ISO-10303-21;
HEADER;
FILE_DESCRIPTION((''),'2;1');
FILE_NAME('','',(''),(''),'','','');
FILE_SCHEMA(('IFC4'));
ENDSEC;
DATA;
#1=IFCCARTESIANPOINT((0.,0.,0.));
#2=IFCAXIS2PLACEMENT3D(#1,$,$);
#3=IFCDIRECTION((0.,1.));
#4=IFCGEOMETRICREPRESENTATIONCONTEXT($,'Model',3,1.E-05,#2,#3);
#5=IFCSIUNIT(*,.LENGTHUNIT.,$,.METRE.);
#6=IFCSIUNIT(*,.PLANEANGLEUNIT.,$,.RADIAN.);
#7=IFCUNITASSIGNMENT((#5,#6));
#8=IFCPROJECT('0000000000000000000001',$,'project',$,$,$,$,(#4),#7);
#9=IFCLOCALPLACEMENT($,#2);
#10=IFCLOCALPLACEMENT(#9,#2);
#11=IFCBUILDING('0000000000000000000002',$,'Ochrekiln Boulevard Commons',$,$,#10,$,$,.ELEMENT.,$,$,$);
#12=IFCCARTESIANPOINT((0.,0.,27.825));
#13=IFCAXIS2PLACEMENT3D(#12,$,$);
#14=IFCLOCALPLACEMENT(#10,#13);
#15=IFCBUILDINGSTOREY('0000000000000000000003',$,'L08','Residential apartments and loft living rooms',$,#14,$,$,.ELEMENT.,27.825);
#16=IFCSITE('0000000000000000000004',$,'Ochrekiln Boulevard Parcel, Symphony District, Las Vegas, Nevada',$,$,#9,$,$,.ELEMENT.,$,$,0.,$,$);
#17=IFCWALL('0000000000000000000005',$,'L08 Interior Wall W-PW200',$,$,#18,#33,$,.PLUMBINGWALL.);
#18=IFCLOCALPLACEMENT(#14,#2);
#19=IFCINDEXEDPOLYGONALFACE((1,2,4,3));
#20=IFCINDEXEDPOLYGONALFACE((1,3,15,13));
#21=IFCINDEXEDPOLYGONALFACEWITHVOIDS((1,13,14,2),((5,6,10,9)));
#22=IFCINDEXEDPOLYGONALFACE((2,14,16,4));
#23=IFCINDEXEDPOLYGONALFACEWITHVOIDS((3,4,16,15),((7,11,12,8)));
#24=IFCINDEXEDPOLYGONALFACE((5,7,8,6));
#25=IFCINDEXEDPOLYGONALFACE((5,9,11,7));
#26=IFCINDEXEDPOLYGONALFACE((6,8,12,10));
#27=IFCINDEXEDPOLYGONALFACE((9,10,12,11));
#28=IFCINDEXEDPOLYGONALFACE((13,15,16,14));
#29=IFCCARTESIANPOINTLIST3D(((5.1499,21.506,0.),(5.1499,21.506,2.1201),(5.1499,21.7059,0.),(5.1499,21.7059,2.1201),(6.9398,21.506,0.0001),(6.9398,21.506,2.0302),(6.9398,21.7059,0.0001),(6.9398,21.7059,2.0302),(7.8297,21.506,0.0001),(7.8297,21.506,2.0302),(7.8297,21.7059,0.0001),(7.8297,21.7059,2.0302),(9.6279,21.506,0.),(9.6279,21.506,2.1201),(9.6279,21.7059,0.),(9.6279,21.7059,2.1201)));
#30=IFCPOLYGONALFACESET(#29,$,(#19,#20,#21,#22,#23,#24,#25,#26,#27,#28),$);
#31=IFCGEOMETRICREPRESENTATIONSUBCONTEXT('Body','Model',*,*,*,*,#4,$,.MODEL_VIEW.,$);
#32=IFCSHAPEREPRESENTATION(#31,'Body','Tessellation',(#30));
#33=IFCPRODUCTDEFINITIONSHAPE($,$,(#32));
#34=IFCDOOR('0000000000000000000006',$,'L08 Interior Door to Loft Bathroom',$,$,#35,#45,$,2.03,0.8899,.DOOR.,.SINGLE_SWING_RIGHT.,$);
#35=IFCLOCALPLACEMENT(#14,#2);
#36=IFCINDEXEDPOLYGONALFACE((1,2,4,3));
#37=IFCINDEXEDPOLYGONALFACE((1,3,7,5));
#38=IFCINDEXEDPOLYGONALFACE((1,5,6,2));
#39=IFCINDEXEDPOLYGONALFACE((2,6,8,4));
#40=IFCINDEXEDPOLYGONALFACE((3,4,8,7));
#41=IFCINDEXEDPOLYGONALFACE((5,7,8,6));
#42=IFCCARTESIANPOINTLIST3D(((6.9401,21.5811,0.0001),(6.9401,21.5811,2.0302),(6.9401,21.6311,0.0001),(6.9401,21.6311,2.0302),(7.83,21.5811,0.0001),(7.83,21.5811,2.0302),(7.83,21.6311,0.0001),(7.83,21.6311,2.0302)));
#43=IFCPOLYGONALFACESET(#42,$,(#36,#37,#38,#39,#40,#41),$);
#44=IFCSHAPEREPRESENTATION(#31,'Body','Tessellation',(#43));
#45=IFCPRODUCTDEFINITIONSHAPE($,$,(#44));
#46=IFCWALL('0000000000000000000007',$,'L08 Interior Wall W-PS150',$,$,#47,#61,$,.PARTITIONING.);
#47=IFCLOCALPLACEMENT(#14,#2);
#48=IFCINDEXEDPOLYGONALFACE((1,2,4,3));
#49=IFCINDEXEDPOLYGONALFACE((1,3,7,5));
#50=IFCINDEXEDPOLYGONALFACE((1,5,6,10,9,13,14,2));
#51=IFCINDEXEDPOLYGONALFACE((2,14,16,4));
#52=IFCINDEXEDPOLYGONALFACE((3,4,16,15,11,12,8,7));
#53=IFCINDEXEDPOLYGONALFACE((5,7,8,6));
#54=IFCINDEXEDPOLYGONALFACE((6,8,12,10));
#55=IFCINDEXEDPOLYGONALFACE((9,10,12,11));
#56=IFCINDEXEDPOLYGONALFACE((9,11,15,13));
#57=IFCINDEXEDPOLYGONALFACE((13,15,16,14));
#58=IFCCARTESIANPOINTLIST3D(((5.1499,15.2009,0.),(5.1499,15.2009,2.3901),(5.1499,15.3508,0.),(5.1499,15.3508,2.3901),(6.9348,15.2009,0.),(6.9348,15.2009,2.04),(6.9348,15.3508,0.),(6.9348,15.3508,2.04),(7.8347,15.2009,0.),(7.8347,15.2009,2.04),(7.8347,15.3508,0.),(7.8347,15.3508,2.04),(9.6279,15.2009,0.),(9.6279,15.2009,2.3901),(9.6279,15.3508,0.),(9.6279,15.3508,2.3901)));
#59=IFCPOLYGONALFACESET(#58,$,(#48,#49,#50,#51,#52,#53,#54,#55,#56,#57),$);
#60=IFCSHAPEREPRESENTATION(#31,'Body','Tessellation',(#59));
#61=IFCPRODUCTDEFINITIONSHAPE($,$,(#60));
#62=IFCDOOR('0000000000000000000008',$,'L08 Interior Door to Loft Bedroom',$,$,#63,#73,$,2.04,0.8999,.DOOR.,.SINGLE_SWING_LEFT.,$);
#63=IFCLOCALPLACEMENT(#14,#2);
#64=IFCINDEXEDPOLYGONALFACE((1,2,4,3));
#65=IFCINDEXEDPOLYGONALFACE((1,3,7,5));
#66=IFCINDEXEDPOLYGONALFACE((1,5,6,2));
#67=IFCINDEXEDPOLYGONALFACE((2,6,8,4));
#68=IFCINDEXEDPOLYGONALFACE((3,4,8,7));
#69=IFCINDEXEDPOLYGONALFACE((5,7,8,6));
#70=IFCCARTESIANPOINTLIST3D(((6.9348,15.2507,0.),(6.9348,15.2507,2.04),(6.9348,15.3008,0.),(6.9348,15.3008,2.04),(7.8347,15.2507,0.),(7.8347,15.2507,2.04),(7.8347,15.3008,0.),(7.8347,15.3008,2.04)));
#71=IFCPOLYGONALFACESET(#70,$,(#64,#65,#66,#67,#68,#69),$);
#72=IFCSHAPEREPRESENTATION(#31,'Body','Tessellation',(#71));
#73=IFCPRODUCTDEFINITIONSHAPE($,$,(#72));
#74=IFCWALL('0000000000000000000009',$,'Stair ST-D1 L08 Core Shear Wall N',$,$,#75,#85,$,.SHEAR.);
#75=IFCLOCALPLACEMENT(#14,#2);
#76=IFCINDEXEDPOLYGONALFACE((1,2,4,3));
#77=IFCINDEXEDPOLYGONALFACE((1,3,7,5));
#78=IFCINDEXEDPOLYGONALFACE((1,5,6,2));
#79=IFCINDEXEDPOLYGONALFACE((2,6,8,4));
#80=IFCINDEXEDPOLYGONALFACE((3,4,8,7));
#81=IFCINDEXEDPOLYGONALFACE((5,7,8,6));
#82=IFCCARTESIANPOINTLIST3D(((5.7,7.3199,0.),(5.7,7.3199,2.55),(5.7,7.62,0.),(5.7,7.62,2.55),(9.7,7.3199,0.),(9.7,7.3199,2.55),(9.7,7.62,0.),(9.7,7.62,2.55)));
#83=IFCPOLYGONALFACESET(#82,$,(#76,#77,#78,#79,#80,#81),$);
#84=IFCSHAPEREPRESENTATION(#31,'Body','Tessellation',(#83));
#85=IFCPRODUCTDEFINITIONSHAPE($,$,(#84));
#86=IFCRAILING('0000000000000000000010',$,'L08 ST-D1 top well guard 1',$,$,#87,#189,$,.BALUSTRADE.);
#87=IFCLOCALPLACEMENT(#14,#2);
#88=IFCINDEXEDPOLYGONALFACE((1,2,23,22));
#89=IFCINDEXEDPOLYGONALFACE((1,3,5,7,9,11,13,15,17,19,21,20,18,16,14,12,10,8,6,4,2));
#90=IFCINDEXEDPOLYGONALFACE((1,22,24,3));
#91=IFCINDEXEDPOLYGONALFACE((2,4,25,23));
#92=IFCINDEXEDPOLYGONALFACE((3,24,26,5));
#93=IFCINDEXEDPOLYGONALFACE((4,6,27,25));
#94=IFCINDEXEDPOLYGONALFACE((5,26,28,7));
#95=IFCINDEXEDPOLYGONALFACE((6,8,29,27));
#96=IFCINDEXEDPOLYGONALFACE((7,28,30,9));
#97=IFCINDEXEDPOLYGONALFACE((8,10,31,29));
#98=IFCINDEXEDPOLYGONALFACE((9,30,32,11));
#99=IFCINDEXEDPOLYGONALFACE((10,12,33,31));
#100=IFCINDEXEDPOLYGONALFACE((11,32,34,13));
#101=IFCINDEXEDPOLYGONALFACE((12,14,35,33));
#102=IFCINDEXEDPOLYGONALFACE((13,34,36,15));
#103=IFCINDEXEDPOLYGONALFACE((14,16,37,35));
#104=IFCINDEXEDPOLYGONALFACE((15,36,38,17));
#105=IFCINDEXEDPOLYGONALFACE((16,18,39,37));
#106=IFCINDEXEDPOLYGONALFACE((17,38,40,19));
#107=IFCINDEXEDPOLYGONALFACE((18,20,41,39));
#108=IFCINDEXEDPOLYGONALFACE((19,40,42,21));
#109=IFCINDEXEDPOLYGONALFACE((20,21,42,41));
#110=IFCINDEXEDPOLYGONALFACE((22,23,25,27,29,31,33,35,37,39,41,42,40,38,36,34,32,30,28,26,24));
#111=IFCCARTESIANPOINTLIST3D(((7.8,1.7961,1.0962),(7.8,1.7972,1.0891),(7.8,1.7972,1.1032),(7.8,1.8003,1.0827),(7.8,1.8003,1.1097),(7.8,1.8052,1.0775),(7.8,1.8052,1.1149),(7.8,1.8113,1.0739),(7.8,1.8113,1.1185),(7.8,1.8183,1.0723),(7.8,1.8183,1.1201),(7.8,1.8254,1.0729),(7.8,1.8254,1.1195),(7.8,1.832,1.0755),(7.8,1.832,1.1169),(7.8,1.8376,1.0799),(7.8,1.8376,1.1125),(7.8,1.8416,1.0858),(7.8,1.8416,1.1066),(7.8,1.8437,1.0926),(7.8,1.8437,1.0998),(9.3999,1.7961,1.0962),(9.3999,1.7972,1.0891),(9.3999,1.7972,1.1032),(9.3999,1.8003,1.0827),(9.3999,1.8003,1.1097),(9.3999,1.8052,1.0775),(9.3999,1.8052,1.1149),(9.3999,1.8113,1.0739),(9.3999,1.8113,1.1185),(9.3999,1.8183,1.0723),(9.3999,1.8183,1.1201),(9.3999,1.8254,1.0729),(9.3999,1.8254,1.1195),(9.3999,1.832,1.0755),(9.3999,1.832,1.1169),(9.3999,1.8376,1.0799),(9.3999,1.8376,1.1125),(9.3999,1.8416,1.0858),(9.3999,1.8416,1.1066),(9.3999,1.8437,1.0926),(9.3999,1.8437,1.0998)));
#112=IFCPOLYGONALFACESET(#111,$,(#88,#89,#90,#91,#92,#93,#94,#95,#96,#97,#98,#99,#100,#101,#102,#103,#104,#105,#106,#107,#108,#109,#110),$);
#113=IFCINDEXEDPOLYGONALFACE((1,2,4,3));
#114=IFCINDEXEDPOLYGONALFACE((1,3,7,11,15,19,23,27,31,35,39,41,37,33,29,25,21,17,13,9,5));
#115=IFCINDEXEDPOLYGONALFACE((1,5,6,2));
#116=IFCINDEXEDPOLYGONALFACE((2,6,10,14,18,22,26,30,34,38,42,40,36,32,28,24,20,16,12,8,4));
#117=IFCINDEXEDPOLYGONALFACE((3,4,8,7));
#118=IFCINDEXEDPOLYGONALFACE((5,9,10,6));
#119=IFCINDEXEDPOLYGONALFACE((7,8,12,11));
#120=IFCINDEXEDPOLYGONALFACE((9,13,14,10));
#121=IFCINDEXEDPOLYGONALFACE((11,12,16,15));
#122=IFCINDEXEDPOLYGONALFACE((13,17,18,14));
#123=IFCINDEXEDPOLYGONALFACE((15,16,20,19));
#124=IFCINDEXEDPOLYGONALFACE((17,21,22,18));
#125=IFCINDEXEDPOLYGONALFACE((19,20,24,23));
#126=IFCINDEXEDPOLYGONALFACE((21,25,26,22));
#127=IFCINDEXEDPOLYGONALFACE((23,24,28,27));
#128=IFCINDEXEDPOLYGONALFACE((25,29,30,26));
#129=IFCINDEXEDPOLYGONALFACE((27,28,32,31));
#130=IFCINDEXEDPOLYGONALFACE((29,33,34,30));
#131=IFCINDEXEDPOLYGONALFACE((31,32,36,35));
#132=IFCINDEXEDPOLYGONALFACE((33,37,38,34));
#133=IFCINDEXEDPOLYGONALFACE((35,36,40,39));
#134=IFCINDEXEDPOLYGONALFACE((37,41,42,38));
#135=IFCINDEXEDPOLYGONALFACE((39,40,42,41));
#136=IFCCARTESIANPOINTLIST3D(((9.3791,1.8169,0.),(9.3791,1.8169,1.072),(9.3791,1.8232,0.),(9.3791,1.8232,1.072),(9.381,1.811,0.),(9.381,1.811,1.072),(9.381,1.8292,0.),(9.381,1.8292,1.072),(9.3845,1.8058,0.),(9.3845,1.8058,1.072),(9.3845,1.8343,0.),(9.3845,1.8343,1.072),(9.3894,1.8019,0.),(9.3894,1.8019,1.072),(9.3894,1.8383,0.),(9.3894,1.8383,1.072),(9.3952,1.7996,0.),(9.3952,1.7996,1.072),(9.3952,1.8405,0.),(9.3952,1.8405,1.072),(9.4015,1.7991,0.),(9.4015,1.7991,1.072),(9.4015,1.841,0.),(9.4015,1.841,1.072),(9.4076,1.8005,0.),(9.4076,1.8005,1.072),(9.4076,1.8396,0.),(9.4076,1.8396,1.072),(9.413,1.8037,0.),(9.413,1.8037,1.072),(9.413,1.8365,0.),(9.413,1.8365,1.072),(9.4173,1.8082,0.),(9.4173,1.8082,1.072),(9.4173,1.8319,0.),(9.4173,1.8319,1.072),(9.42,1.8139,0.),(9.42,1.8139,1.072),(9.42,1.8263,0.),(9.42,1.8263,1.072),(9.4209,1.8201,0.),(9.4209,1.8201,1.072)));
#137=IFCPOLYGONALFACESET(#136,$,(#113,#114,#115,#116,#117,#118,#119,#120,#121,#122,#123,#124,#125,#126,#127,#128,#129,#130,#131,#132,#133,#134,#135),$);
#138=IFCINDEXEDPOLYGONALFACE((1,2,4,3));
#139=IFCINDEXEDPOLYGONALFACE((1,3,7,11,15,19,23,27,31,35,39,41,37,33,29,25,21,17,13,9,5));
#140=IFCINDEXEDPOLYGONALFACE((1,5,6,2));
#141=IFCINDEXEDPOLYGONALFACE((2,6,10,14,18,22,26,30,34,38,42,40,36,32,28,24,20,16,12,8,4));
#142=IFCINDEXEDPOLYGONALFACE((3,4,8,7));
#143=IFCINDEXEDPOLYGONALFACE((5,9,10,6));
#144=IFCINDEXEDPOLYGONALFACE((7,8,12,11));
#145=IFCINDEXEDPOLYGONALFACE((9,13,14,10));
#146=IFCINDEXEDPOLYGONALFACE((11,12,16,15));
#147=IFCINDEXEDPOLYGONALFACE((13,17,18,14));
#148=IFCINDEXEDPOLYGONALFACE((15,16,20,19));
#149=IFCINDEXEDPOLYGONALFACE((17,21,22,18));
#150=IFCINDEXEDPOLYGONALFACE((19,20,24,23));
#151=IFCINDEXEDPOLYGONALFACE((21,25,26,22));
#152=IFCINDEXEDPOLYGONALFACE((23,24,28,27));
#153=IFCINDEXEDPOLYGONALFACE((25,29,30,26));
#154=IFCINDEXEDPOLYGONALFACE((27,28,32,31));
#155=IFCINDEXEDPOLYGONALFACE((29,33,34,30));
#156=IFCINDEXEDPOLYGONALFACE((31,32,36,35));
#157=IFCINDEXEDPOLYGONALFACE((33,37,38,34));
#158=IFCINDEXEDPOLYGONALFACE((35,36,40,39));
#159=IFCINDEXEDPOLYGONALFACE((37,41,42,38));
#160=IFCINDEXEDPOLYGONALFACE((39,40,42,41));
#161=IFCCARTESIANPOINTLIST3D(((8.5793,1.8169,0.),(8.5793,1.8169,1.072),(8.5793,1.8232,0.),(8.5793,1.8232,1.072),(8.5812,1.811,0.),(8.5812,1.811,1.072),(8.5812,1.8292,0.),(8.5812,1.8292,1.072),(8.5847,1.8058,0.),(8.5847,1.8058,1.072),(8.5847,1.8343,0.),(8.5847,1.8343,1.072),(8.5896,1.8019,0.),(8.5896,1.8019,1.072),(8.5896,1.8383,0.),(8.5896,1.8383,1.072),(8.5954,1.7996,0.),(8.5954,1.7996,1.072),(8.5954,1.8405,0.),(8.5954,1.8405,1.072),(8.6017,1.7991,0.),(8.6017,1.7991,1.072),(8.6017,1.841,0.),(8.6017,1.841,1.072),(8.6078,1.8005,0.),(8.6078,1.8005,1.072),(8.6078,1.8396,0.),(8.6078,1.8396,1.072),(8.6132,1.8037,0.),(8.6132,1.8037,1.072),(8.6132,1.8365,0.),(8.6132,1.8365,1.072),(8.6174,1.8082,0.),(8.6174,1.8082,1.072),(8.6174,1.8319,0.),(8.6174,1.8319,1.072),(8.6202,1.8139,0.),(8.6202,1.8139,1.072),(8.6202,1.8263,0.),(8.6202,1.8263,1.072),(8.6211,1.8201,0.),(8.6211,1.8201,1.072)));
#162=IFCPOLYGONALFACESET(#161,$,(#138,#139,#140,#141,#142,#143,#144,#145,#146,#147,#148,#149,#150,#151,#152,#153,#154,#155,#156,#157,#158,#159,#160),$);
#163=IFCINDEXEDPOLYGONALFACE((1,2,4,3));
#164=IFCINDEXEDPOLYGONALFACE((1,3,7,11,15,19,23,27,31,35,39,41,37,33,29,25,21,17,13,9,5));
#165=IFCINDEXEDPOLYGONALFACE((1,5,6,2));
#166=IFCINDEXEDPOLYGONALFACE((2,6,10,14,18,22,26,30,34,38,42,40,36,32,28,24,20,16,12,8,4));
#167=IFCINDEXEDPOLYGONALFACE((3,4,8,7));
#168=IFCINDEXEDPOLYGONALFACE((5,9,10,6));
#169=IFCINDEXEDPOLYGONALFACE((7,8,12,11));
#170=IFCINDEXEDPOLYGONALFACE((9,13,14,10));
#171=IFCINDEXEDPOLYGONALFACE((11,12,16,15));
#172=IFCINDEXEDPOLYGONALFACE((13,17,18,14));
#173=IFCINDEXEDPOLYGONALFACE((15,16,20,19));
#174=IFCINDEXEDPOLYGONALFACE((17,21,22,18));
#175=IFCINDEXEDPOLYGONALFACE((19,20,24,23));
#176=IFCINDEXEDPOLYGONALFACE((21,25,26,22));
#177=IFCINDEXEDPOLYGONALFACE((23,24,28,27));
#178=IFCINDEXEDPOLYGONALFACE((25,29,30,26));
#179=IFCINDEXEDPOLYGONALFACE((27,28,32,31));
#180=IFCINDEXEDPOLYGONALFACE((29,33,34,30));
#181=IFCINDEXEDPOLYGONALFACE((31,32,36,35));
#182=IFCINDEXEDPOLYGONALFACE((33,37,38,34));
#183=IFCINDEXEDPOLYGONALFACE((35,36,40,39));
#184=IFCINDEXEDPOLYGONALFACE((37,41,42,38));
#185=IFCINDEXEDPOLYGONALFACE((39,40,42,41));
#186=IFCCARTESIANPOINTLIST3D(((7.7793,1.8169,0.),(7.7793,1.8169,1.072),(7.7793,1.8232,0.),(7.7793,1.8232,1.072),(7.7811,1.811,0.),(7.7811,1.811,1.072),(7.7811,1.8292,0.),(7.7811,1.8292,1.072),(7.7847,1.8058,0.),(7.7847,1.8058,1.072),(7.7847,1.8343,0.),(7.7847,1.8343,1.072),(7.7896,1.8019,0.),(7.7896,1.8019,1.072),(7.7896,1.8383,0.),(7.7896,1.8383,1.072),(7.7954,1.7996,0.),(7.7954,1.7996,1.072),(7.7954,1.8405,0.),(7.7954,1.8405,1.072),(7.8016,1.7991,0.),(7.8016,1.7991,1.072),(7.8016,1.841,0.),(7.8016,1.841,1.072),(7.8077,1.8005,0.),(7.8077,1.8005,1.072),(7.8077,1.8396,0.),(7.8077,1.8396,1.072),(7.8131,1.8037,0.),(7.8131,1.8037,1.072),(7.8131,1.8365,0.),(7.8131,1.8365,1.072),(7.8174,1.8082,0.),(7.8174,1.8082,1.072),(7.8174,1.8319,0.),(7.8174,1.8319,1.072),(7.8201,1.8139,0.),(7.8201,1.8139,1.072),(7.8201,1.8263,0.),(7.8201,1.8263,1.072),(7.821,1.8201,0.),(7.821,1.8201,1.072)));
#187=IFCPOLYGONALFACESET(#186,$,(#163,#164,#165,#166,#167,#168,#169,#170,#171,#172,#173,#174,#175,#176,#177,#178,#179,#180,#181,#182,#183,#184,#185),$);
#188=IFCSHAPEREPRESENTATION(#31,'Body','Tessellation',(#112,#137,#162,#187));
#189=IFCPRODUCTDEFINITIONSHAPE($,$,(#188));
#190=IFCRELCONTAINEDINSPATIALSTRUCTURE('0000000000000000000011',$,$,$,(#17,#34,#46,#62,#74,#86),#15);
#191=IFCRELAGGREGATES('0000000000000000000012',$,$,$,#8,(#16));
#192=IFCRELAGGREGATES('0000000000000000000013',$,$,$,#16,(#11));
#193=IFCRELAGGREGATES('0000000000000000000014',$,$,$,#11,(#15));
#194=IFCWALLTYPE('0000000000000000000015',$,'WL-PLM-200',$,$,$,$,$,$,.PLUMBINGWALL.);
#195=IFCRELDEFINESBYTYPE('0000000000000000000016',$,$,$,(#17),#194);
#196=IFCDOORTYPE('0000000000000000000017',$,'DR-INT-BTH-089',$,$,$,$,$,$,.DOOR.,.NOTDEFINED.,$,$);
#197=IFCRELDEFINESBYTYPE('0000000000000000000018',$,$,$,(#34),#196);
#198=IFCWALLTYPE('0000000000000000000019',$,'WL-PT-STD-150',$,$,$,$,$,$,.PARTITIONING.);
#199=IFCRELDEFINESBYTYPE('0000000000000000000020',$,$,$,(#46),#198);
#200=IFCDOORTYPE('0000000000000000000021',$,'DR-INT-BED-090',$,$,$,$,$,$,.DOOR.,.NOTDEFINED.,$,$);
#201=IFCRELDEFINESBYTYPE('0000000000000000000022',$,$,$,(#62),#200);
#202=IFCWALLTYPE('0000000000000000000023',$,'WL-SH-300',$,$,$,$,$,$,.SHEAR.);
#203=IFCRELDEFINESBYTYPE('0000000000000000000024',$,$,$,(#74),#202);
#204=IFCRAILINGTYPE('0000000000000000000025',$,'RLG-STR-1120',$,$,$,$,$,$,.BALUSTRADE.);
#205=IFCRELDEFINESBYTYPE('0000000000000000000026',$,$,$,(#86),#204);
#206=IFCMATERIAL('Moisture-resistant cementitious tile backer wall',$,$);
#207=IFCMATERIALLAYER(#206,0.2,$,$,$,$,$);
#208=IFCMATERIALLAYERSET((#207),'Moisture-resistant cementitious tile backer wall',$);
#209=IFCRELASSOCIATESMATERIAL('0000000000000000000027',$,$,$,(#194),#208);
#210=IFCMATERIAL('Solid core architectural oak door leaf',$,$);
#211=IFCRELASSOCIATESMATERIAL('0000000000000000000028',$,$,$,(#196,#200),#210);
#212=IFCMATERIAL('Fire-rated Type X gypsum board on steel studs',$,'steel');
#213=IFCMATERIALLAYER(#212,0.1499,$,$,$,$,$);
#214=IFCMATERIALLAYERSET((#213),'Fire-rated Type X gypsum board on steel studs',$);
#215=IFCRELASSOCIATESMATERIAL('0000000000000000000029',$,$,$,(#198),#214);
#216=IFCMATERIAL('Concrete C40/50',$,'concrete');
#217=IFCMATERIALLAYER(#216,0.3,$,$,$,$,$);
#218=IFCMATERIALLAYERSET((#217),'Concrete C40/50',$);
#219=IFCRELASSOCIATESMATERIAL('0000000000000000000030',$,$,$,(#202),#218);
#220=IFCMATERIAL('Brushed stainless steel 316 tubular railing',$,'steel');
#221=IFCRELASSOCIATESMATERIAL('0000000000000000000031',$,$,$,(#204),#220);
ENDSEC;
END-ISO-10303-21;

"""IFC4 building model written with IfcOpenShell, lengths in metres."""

from ifc_helpers import new_model, si_unit, direction, frame, frame_2d, origin, origin_2d, place, context, subcontext, project, spatial, rectangle, circle, extrude, material, layer, layer_set, type_object, element, fill, save


model = new_model("IFC4")

# Units and contexts
model_context = context("Model", 3, precision=1e-05, world=origin(), true_north=direction((0.0, 1.0)))
body_context = subcontext(model_context, "Body", "Model", "MODEL_VIEW")
ifc_project = project(units=[si_unit("LENGTHUNIT", "METRE"), si_unit("PLANEANGLEUNIT", "RADIAN")], contexts=[model_context])

# Site, building, storey
site_placement = place(None, origin())
site = spatial("IfcSite", under=ifc_project, at=site_placement, Name="Ochrekiln Boulevard Parcel, Symphony District, Las Vegas, Nevada", CompositionType="ELEMENT", RefElevation=0.0)
building_placement = place(site_placement, origin())
building = spatial("IfcBuilding", under=site, at=building_placement, Name="Ochrekiln Boulevard Commons", CompositionType="ELEMENT")
storey_placement = place(building_placement, frame((0.0, 0.0, 27.825)))
storey = spatial("IfcBuildingStorey", under=building, at=storey_placement, Name="L08", Description="Residential apartments and loft living rooms", CompositionType="ELEMENT", Elevation=27.825)

# Shared definitions
ifc_material_1 = material(Name="Concrete C40/50", Category="concrete")

# Shared definitions
ifc_material_2 = material(Name="Moisture-resistant cementitious tile backer wall")
ifc_layer_1 = layer(ifc_material_2, 0.2)
ifc_layer_set_1 = layer_set([ifc_layer_1], Name="Moisture-resistant cementitious tile backer wall")
wall_type_1 = type_object("IfcWallType", Name="WL-PLM-200", PredefinedType="PLUMBINGWALL", material=ifc_layer_set_1)
ifc_material_3 = material(Name="Solid core architectural oak door leaf")

# Walls, openings, doors
wall_1_placement = place(storey_placement, frame((5.1499, 21.606, 0.0), z_axis=(0.0, 0.0, 1.0), x_axis=(1.0, 0.0, 0.0)))
wall_1 = element("IfcWall", 1, at=wall_1_placement, inside=storey, type_object=wall_type_1, Name="L08 Interior Wall W-PW200", PredefinedType="PLUMBINGWALL", context=body_context, shape_type="SweptSolid", body=[
    extrude(rectangle(XDim=4.478, YDim=0.2, at=frame_2d((2.239, 0.0))), origin(), (0.0, 0.0, 1.0), 2.1201),
])
opening_1_placement = place(wall_1_placement, frame((1.79, 0.0, 0.0)))
opening_1 = element("IfcOpeningElement", 2, at=opening_1_placement, cuts=wall_1, PredefinedType="OPENING", context=body_context, shape_type="SweptSolid", body=[
    extrude(rectangle(XDim=0.8899, YDim=2.03, at=frame_2d((0.4448, 1.0151))), frame((0.0, 0.1099, 0.0), z_axis=(0.0, -1.0, 0.0), x_axis=(1.0, 0.0, 0.0)), (0.0, 0.0, 1.0), 0.22),
])
door_type_1 = type_object("IfcDoorType", Name="DR-INT-BTH-089", OperationType="NOTDEFINED", PredefinedType="DOOR", material=ifc_material_3)
door_1_placement = place(opening_1_placement, frame((0.8899, 0.0, 0.0), z_axis=(0.0, 0.0, 1.0), x_axis=(-1.0, 0.0, 0.0)))
door_1 = element("IfcDoor", 3, at=door_1_placement, inside=storey, type_object=door_type_1, Name="L08 Interior Door to Loft Bathroom", OperationType="SINGLE_SWING_RIGHT", OverallHeight=2.03, OverallWidth=0.8899, PredefinedType="DOOR", context=body_context, shape_type="SweptSolid", body=[
    extrude(rectangle(XDim=0.8899, YDim=2.03, at=frame_2d((0.4448, 1.0151))), frame((0.0, 0.0249, 0.0), z_axis=(0.0, -1.0, 0.0), x_axis=(1.0, 0.0, 0.0)), (0.0, 0.0, 1.0), 0.05),
])
fill(opening_1, door_1)
ifc_material_4 = material(Name="Fire-rated Type X gypsum board on steel studs", Category="steel")
ifc_layer_2 = layer(ifc_material_4, 0.1499)
ifc_layer_set_2 = layer_set([ifc_layer_2], Name="Fire-rated Type X gypsum board on steel studs")
wall_type_2 = type_object("IfcWallType", Name="WL-PT-STD-150", PredefinedType="PARTITIONING", material=ifc_layer_set_2)
wall_2_placement = place(storey_placement, frame((5.1499, 15.2759, 0.0), z_axis=(0.0, 0.0, 1.0), x_axis=(1.0, 0.0, 0.0)))
wall_2 = element("IfcWall", 4, at=wall_2_placement, inside=storey, type_object=wall_type_2, Name="L08 Interior Wall W-PS150", PredefinedType="PARTITIONING", context=body_context, shape_type="SweptSolid", body=[
    extrude(rectangle(XDim=4.478, YDim=0.1499, at=frame_2d((2.239, 0.0))), origin(), (0.0, 0.0, 1.0), 2.3901),
])
opening_2_placement = place(wall_2_placement, frame((1.7849, 0.0, 0.0)))
opening_2 = element("IfcOpeningElement", 5, at=opening_2_placement, cuts=wall_2, PredefinedType="OPENING", context=body_context, shape_type="SweptSolid", body=[
    extrude(rectangle(XDim=0.8999, YDim=2.04, at=frame_2d((0.45, 1.02))), frame((0.0, 0.085, 0.0), z_axis=(0.0, -1.0, 0.0), x_axis=(1.0, 0.0, 0.0)), (0.0, 0.0, 1.0), 0.1699),
])
door_type_2 = type_object("IfcDoorType", Name="DR-INT-BED-090", OperationType="NOTDEFINED", PredefinedType="DOOR", material=ifc_material_3)
door_2_placement = place(opening_2_placement, origin())
door_2 = element("IfcDoor", 6, at=door_2_placement, inside=storey, type_object=door_type_2, Name="L08 Interior Door to Loft Bedroom", OperationType="SINGLE_SWING_LEFT", OverallHeight=2.04, OverallWidth=0.8999, PredefinedType="DOOR", context=body_context, shape_type="SweptSolid", body=[
    extrude(rectangle(XDim=0.8999, YDim=2.04, at=frame_2d((0.45, 1.02))), frame((0.0, 0.0249, 0.0), z_axis=(0.0, -1.0, 0.0), x_axis=(1.0, 0.0, 0.0)), (0.0, 0.0, 1.0), 0.05),
])
fill(opening_2, door_2)

# Wall
ifc_layer_3 = layer(ifc_material_1, 0.3)
ifc_layer_set_3 = layer_set([ifc_layer_3], Name="Concrete C40/50")
wall_type_3 = type_object("IfcWallType", Name="WL-SH-300", PredefinedType="SHEAR", material=ifc_layer_set_3)
wall_3_placement = place(storey_placement, frame((5.7, 7.47, 0.0), z_axis=(0.0, 0.0, 1.0), x_axis=(1.0, 0.0, 0.0)))
element("IfcWall", 7, at=wall_3_placement, inside=storey, type_object=wall_type_3, Name="Stair ST-D1 L08 Core Shear Wall N", PredefinedType="SHEAR", context=body_context, shape_type="SweptSolid", body=[
    extrude(rectangle(XDim=4.0, YDim=0.3, at=frame_2d((2.0, 0.0))), origin(), (0.0, 0.0, 1.0), 2.55),
])

# Railing
ifc_material_5 = material(Name="Brushed stainless steel 316 tubular railing", Category="steel")
railing_type = type_object("IfcRailingType", Name="RLG-STR-1120", PredefinedType="BALUSTRADE", material=ifc_material_5)
railing_placement = place(storey_placement, frame((9.3999, 1.8201, 0.0)))
element("IfcRailing", 8, at=railing_placement, inside=storey, type_object=railing_type, Name="L08 ST-D1 top well guard 1", PredefinedType="BALUSTRADE", context=body_context, shape_type="SweptSolid", body=[
    extrude(circle(Radius=0.0239, at=origin_2d()), frame((0.0, 0.0, 1.0962), z_axis=(-1.0, 0.0, 0.0), x_axis=(0.0, -1.0, 0.0)), (0.0, 0.0, 1.0), 1.5999),
    extrude(circle(Radius=0.021, at=origin_2d()), origin(), (0.0, 0.0, 1.0), 1.072),
    extrude(circle(Radius=0.021, at=origin_2d()), frame((-0.7998, 0.0, 0.0)), (0.0, 0.0, 1.0), 1.072),
    extrude(circle(Radius=0.021, at=origin_2d()), frame((-1.5999, 0.0, 0.0)), (0.0, 0.0, 1.0), 1.072),
])

save(model, "model.ifc")
